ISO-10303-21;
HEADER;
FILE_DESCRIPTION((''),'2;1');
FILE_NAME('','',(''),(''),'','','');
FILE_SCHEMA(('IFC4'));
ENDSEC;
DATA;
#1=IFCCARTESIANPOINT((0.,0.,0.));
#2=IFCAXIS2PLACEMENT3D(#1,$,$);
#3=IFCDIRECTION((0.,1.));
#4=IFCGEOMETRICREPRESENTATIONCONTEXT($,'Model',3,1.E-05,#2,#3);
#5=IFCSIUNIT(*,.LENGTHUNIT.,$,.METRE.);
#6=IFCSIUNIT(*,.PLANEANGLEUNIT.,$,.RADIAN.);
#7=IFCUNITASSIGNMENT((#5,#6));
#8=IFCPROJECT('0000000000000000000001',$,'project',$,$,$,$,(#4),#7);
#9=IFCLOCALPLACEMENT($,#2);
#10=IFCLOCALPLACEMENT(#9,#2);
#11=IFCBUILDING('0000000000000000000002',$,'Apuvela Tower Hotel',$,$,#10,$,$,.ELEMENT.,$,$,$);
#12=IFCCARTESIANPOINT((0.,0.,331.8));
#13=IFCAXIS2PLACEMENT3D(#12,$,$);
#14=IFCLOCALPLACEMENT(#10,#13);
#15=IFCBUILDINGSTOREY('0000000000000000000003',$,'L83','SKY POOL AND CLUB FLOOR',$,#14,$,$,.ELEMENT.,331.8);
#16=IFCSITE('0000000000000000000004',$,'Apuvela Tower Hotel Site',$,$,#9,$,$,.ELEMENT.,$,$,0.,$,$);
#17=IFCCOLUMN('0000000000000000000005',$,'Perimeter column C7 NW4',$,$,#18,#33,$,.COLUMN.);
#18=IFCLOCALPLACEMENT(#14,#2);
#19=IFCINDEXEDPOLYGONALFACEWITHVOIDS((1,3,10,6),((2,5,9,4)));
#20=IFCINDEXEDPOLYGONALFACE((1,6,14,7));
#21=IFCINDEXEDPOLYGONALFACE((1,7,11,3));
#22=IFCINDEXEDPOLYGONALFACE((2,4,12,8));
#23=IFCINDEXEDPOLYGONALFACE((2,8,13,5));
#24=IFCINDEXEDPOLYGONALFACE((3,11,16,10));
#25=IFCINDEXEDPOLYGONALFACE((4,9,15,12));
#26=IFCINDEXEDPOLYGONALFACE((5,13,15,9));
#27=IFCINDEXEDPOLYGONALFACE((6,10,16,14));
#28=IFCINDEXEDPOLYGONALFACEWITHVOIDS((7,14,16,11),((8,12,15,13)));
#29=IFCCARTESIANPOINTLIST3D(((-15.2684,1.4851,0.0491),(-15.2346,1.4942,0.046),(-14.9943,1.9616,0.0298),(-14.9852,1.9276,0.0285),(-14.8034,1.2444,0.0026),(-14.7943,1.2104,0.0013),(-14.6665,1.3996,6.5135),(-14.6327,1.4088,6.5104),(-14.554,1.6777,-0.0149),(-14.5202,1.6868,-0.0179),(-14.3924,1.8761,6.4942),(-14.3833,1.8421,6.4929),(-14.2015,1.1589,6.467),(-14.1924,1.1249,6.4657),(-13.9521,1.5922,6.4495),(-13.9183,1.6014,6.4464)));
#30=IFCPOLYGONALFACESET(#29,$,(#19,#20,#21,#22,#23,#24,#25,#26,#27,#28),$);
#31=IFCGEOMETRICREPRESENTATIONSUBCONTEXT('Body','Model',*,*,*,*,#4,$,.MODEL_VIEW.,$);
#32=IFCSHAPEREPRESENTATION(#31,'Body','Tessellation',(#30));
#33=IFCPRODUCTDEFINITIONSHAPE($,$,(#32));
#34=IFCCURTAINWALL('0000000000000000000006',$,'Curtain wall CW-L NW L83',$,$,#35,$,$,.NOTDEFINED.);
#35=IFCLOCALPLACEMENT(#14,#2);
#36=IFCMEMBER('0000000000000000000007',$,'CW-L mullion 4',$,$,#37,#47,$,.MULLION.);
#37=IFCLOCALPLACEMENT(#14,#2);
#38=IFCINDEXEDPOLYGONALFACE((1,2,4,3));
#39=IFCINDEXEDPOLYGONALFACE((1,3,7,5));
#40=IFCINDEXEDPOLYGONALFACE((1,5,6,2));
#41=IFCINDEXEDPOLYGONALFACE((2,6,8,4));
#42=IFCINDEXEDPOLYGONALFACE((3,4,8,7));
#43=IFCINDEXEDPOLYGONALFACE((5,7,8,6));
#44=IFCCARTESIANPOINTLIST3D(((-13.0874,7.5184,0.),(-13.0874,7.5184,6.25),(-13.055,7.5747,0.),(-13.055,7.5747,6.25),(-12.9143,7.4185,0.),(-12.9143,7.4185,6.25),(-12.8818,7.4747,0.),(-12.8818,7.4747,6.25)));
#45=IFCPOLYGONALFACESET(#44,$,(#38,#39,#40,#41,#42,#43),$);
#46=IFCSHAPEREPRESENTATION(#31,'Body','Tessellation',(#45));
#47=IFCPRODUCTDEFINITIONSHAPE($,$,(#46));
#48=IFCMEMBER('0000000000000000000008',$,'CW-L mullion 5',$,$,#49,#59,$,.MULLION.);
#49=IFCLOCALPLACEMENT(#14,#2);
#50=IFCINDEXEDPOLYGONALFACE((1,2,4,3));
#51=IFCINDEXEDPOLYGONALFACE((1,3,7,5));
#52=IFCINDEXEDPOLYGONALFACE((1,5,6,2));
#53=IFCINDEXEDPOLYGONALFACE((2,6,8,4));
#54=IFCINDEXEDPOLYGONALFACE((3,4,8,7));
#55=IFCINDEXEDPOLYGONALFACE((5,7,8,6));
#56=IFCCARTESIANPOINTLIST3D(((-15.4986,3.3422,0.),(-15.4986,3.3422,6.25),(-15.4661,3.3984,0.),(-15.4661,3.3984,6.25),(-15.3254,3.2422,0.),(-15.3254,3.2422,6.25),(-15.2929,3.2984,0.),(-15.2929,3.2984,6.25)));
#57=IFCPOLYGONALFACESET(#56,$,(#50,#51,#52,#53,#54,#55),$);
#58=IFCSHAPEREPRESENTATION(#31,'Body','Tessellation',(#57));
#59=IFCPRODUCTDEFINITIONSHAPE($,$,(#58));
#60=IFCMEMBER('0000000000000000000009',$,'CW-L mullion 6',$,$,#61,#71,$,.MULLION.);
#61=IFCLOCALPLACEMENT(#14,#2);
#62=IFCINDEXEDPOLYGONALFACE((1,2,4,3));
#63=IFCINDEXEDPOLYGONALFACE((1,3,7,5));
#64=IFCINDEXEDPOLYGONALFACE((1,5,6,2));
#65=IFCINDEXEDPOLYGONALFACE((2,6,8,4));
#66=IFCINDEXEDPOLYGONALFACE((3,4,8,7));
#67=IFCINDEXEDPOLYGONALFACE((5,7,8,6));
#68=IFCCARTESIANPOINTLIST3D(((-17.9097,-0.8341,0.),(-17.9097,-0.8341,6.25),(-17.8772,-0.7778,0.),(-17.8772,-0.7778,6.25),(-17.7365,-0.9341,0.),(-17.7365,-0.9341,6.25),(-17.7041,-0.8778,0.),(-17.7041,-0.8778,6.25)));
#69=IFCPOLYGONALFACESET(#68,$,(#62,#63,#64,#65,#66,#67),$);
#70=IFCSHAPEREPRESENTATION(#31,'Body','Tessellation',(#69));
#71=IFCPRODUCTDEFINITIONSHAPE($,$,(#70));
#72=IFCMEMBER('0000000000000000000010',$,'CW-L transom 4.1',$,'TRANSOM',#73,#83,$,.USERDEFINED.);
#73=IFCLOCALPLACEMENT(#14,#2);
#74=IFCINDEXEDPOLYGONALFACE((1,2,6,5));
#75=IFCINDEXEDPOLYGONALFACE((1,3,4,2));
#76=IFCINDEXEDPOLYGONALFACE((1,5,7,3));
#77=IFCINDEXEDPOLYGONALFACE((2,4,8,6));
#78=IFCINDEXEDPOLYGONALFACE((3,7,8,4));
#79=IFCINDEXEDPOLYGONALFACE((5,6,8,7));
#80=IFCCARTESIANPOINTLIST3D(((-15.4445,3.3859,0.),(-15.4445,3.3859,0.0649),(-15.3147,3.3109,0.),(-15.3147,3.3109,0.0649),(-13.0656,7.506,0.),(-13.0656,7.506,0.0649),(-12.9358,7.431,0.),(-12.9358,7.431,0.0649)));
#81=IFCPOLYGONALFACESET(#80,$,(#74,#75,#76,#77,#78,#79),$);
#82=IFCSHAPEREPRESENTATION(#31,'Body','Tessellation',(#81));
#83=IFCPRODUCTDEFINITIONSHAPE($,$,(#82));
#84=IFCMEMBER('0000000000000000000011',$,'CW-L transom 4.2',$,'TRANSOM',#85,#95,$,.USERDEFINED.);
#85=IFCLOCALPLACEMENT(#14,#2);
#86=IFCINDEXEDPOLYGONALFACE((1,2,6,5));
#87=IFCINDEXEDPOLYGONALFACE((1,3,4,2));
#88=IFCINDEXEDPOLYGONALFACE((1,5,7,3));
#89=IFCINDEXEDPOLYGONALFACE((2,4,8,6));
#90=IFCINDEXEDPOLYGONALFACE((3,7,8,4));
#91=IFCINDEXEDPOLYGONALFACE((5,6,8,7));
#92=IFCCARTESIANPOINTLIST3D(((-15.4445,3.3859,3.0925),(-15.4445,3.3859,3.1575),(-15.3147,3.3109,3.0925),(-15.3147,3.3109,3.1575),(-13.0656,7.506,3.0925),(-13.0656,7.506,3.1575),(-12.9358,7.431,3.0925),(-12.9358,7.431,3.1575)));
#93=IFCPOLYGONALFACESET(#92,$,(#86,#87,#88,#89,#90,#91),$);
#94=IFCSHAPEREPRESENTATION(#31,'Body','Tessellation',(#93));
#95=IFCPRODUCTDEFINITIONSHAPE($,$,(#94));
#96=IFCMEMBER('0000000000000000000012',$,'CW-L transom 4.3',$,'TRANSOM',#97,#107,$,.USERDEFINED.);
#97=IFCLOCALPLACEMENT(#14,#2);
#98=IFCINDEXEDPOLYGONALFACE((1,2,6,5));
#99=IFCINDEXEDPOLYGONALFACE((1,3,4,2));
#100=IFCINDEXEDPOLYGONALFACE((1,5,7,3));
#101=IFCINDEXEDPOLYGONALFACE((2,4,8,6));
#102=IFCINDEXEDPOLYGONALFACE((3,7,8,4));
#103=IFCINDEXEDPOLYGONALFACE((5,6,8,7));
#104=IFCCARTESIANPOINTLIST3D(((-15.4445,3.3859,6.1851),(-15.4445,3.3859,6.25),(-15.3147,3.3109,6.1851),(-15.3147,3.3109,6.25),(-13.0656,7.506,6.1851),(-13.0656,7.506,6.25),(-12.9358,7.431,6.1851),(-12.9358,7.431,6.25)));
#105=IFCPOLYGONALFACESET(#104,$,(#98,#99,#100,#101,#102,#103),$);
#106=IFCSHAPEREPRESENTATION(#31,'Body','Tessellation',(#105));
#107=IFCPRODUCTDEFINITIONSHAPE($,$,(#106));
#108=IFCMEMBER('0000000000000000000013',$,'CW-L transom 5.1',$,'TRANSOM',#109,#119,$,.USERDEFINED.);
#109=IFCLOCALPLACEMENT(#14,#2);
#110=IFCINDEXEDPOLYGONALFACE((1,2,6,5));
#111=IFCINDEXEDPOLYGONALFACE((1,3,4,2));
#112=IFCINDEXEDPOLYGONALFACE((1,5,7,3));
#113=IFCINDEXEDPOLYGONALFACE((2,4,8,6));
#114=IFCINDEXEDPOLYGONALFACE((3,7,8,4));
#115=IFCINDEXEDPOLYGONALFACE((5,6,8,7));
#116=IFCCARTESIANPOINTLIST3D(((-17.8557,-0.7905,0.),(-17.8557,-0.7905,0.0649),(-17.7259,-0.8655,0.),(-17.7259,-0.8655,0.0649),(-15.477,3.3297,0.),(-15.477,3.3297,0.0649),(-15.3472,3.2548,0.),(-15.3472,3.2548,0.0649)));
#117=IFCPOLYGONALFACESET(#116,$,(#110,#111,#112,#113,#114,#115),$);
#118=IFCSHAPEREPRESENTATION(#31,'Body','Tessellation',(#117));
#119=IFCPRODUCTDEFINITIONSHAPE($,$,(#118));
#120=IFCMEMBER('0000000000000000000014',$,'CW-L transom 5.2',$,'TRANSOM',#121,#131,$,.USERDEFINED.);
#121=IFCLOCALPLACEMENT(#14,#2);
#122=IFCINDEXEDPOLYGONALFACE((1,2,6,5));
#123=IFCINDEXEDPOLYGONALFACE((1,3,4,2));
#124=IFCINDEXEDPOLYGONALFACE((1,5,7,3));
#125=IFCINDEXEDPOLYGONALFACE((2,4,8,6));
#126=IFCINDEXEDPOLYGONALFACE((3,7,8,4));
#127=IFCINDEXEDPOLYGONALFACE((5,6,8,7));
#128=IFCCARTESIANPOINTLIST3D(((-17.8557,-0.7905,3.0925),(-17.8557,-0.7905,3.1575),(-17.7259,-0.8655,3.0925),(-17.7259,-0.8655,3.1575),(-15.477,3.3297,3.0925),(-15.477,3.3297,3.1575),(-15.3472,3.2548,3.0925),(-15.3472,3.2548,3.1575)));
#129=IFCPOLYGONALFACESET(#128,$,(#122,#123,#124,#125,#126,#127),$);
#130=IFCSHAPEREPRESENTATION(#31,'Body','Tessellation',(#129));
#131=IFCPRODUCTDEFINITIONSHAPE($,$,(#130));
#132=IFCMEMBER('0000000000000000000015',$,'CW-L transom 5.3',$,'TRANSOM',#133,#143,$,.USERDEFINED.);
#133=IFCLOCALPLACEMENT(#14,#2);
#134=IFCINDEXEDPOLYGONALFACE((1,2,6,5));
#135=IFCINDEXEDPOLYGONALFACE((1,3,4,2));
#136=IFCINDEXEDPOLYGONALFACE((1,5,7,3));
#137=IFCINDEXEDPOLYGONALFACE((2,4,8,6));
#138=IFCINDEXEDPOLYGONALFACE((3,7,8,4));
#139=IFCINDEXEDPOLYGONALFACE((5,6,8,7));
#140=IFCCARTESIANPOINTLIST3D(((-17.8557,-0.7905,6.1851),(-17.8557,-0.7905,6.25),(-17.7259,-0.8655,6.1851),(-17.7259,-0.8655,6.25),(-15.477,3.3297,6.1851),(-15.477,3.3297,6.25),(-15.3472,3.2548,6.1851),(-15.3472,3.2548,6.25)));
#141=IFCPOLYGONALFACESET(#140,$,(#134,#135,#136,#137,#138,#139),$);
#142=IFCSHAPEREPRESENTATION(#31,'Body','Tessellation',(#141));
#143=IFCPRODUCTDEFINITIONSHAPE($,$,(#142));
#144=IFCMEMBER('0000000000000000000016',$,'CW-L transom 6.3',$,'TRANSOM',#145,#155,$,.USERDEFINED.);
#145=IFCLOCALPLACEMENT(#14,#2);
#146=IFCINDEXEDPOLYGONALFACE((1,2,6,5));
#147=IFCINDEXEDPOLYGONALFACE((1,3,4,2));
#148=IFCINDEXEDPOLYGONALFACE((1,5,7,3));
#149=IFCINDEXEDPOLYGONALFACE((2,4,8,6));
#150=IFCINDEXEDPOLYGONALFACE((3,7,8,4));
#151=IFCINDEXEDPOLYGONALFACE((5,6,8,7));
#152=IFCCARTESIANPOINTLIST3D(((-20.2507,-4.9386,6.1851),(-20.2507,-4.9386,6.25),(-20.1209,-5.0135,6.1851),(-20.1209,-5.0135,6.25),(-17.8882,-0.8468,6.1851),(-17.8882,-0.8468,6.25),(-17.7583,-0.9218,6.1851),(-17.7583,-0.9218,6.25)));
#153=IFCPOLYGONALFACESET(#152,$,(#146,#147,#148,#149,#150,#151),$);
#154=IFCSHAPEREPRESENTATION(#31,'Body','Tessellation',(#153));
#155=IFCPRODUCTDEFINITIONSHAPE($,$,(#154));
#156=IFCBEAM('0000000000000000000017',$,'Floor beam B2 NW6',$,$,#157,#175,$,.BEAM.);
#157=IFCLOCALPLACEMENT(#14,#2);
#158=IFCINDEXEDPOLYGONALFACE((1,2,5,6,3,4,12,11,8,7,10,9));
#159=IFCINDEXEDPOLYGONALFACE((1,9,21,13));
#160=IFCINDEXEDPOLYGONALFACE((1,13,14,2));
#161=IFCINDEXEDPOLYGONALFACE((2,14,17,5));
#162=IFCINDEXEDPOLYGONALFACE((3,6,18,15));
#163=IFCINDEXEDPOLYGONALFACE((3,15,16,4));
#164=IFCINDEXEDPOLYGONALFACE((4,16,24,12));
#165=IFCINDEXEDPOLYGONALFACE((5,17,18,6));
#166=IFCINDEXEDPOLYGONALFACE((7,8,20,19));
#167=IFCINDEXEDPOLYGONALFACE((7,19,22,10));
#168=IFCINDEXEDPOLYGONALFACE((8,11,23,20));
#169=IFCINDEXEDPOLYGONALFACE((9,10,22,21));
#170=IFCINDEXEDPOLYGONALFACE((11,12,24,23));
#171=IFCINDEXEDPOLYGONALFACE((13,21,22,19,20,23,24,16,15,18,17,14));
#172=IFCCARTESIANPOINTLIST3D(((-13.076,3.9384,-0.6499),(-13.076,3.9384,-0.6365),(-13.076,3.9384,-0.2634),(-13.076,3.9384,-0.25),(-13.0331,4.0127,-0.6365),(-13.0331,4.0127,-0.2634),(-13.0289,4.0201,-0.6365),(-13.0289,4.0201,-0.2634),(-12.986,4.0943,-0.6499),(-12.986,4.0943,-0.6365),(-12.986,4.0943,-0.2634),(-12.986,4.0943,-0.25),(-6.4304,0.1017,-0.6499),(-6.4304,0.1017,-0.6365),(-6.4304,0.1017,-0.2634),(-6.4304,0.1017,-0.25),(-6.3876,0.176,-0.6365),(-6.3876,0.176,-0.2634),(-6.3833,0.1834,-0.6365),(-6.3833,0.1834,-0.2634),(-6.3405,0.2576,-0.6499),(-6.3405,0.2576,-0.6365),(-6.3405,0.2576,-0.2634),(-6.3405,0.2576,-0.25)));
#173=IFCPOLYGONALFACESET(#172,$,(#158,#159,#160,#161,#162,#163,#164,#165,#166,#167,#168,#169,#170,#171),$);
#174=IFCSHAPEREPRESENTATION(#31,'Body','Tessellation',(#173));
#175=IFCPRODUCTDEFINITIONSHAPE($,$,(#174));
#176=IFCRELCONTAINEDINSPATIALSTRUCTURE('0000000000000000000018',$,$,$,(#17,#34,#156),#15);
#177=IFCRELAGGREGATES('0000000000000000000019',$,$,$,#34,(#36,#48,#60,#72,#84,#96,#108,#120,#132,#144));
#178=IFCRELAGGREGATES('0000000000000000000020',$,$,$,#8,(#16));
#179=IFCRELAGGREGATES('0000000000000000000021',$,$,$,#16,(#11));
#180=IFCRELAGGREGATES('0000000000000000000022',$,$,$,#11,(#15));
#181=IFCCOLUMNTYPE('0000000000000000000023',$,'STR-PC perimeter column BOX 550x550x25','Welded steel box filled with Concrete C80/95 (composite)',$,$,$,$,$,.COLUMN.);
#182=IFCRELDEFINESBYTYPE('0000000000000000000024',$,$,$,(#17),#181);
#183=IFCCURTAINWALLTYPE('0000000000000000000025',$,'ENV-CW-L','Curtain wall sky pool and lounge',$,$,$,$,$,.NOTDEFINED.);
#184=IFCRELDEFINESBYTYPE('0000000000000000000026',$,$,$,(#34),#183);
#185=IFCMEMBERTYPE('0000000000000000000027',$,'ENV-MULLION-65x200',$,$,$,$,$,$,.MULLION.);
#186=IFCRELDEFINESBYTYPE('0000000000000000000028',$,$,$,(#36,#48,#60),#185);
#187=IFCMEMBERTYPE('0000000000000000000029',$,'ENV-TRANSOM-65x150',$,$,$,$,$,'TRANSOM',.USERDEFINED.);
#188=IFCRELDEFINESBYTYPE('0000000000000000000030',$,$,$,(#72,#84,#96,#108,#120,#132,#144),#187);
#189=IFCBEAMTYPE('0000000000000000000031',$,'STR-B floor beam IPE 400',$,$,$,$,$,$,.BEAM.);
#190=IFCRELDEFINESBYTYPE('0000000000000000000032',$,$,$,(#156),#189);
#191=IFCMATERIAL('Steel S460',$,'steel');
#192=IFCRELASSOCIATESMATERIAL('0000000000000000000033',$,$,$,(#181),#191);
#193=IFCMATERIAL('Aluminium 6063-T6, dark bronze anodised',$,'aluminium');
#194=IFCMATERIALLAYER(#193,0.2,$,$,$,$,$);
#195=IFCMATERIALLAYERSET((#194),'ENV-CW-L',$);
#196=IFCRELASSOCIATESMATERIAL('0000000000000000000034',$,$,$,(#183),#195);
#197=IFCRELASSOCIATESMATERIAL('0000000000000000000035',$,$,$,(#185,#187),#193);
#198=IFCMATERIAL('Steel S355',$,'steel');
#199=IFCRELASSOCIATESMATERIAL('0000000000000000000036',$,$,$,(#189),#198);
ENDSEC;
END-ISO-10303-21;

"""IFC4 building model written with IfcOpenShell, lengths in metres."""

from ifc_helpers import new_model, si_unit, direction, frame, origin, origin_2d, place, context, subcontext, project, spatial, rectangle, hollow_rectangle, i_section, extrude, boolean, halfspace, material, layer, layer_set, material_profile, profile_set, type_object, element, aggregate, save


model = new_model("IFC4")

# Units and contexts
model_context = context("Model", 3, precision=1e-05, world=origin(), true_north=direction((0.0, 1.0)))
body_context = subcontext(model_context, "Body", "Model", "MODEL_VIEW")
ifc_project = project(units=[si_unit("LENGTHUNIT", "METRE"), si_unit("PLANEANGLEUNIT", "RADIAN")], contexts=[model_context])

# Site, building, storey
site_placement = place(None, origin())
site = spatial("IfcSite", under=ifc_project, at=site_placement, Name="Apuvela Tower Hotel Site", CompositionType="ELEMENT", RefElevation=0.0)
building_placement = place(site_placement, origin())
building = spatial("IfcBuilding", under=site, at=building_placement, Name="Apuvela Tower Hotel", CompositionType="ELEMENT")
storey_placement = place(building_placement, frame((0.0, 0.0, 331.8)))
storey = spatial("IfcBuildingStorey", under=building, at=storey_placement, Name="L83", Description="SKY POOL AND CLUB FLOOR", CompositionType="ELEMENT", Elevation=331.8)

# Column
ifc_material_1 = material(Name="Steel S460", Category="steel")
ifc_material_profile_1 = material_profile(ifc_material_1, hollow_rectangle(XDim=0.55, YDim=0.55, WallThickness=0.0249, at=origin_2d()), Name="BOX 550x550x25")
ifc_material_2 = material(Name="Concrete C80/95", Category="concrete")
ifc_material_profile_2 = material_profile(ifc_material_2, rectangle(XDim=0.5, YDim=0.5, at=origin_2d()), Name="Concrete C80/95 infill")
ifc_profile_set_1 = profile_set([ifc_material_profile_1, ifc_material_profile_2], Name="Steel S460")
column_type = type_object("IfcColumnType", Name="STR-PC perimeter column BOX 550x550x25", Description="Welded steel box filled with Concrete C80/95 (composite)", PredefinedType="COLUMN", material=ifc_profile_set_1)
column_placement = place(storey_placement, frame((-14.8958, 1.5862, 0.0), z_axis=(0.092702, -0.013163, 0.995607), x_axis=(-0.49843, -0.866225, 0.034957)))
element("IfcColumn", 1, at=column_placement, inside=storey, type_object=column_type, Name="Perimeter column C7 NW4", PredefinedType="COLUMN", context=body_context, shape_type="SweptSolid", body=[
    boolean("DIFFERENCE", boolean("DIFFERENCE", extrude(hollow_rectangle(XDim=0.55, YDim=0.55, WallThickness=0.0249, at=origin_2d()), origin(), (0.0, 0.0, 1.0), 6.5286), halfspace(frame((0.0, 0.0, 0.0156), z_axis=(0.0, 0.0, 1.0), x_axis=(1.0, 0.0, 0.0)), True)), halfspace(frame((0.0, 0.0, 6.5085), z_axis=(0.0, 0.0, 1.0), x_axis=(1.0, 0.0, 0.0)), False)),
])

# Curtain wall, members
ifc_material_3 = material(Name="Aluminium 6063-T6, dark bronze anodised", Category="aluminium")
ifc_layer_1 = layer(ifc_material_3, 0.2)
ifc_layer_set_1 = layer_set([ifc_layer_1], Name="ENV-CW-L")
curtain_wall_type = type_object("IfcCurtainWallType", Name="ENV-CW-L", Description="Curtain wall sky pool and lounge", PredefinedType="NOTDEFINED", material=ifc_layer_set_1)
curtain_wall_placement = place(storey_placement, origin())
curtain_wall = element("IfcCurtainWall", 2, at=curtain_wall_placement, inside=storey, type_object=curtain_wall_type, Name="Curtain wall CW-L NW L83", PredefinedType="NOTDEFINED")
ifc_material_profile_3 = material_profile(ifc_material_3, rectangle(XDim=0.2, YDim=0.0649, at=origin_2d()), Name="AL 65x200")
ifc_profile_set_2 = profile_set([ifc_material_profile_3], Name="Aluminium 6063-T6, dark bronze anodised")
member_type_1 = type_object("IfcMemberType", Name="ENV-MULLION-65x200", PredefinedType="MULLION", material=ifc_profile_set_2)
member_1_placement = place(storey_placement, frame((-12.9846, 7.4966, 0.0), z_axis=(0.0, 0.0, 1.0), x_axis=(0.866025, -0.5, 0.0)))
member_1 = element("IfcMember", 3, at=member_1_placement, type_object=member_type_1, Name="CW-L mullion 4", PredefinedType="MULLION", context=body_context, shape_type="SweptSolid", body=[
    extrude(rectangle(XDim=0.2, YDim=0.0649, at=origin_2d()), origin(), (0.0, 0.0, 1.0), 6.25),
])
member_2_placement = place(storey_placement, frame((-15.3958, 3.3203, 0.0), z_axis=(0.0, 0.0, 1.0), x_axis=(0.866025, -0.5, 0.0)))
member_2 = element("IfcMember", 4, at=member_2_placement, type_object=member_type_1, Name="CW-L mullion 5", PredefinedType="MULLION", context=body_context, shape_type="SweptSolid", body=[
    extrude(rectangle(XDim=0.2, YDim=0.0649, at=origin_2d()), origin(), (0.0, 0.0, 1.0), 6.25),
])
member_3_placement = place(storey_placement, frame((-17.8069, -0.856, 0.0), z_axis=(0.0, 0.0, 1.0), x_axis=(0.866025, -0.5, 0.0)))
member_3 = element("IfcMember", 5, at=member_3_placement, type_object=member_type_1, Name="CW-L mullion 6", PredefinedType="MULLION", context=body_context, shape_type="SweptSolid", body=[
    extrude(rectangle(XDim=0.2, YDim=0.0649, at=origin_2d()), origin(), (0.0, 0.0, 1.0), 6.25),
])
ifc_material_profile_4 = material_profile(ifc_material_3, rectangle(XDim=0.1499, YDim=0.0649, at=origin_2d()), Name="AL 65x150 transom")
ifc_profile_set_3 = profile_set([ifc_material_profile_4], Name="Aluminium 6063-T6, dark bronze anodised")
member_type_2 = type_object("IfcMemberType", Name="ENV-TRANSOM-65x150", ElementType="TRANSOM", PredefinedType="USERDEFINED", material=ifc_profile_set_3)
member_4_placement = place(storey_placement, frame((-13.0007, 7.4685, 0.0325), z_axis=(-0.500025, -0.866011, 0.0), x_axis=(0.866011, -0.500025, 0.0)))
member_4 = element("IfcMember", 6, at=member_4_placement, type_object=member_type_2, Name="CW-L transom 4.1", ObjectType="TRANSOM", PredefinedType="USERDEFINED", context=body_context, shape_type="SweptSolid", body=[
    extrude(rectangle(XDim=0.1499, YDim=0.0649, at=origin_2d()), origin(), (0.0, 0.0, 1.0), 4.7576),
])
member_5_placement = place(storey_placement, frame((-13.0007, 7.4685, 3.125), z_axis=(-0.500025, -0.866011, 0.0), x_axis=(0.866011, -0.500025, 0.0)))
member_5 = element("IfcMember", 7, at=member_5_placement, type_object=member_type_2, Name="CW-L transom 4.2", ObjectType="TRANSOM", PredefinedType="USERDEFINED", context=body_context, shape_type="SweptSolid", body=[
    extrude(rectangle(XDim=0.1499, YDim=0.0649, at=origin_2d()), origin(), (0.0, 0.0, 1.0), 4.7576),
])
member_6_placement = place(storey_placement, frame((-13.0007, 7.4685, 6.2175), z_axis=(-0.500025, -0.866011, 0.0), x_axis=(0.866011, -0.500025, 0.0)))
member_6 = element("IfcMember", 8, at=member_6_placement, type_object=member_type_2, Name="CW-L transom 4.3", ObjectType="TRANSOM", PredefinedType="USERDEFINED", context=body_context, shape_type="SweptSolid", body=[
    extrude(rectangle(XDim=0.1499, YDim=0.0649, at=origin_2d()), origin(), (0.0, 0.0, 1.0), 4.7576),
])
member_7_placement = place(storey_placement, frame((-15.4121, 3.2922, 0.0325), z_axis=(-0.499986, -0.866033, 0.0), x_axis=(0.866033, -0.499986, 0.0)))
member_7 = element("IfcMember", 9, at=member_7_placement, type_object=member_type_2, Name="CW-L transom 5.1", ObjectType="TRANSOM", PredefinedType="USERDEFINED", context=body_context, shape_type="SweptSolid", body=[
    extrude(rectangle(XDim=0.1499, YDim=0.0649, at=origin_2d()), origin(), (0.0, 0.0, 1.0), 4.7576),
])
member_8_placement = place(storey_placement, frame((-15.4121, 3.2922, 3.125), z_axis=(-0.499986, -0.866033, 0.0), x_axis=(0.866033, -0.499986, 0.0)))
member_8 = element("IfcMember", 10, at=member_8_placement, type_object=member_type_2, Name="CW-L transom 5.2", ObjectType="TRANSOM", PredefinedType="USERDEFINED", context=body_context, shape_type="SweptSolid", body=[
    extrude(rectangle(XDim=0.1499, YDim=0.0649, at=origin_2d()), origin(), (0.0, 0.0, 1.0), 4.7576),
])
member_9_placement = place(storey_placement, frame((-15.4121, 3.2922, 6.2175), z_axis=(-0.499986, -0.866033, 0.0), x_axis=(0.866033, -0.499986, 0.0)))
member_9 = element("IfcMember", 11, at=member_9_placement, type_object=member_type_2, Name="CW-L transom 5.3", ObjectType="TRANSOM", PredefinedType="USERDEFINED", context=body_context, shape_type="SweptSolid", body=[
    extrude(rectangle(XDim=0.1499, YDim=0.0649, at=origin_2d()), origin(), (0.0, 0.0, 1.0), 4.7576),
])
member_10_placement = place(storey_placement, frame((-17.8232, -0.8843, 6.2175), z_axis=(-0.500024, -0.866012, 0.0), x_axis=(0.866012, -0.500024, 0.0)))
member_10 = element("IfcMember", 12, at=member_10_placement, type_object=member_type_2, Name="CW-L transom 6.3", ObjectType="TRANSOM", PredefinedType="USERDEFINED", context=body_context, shape_type="SweptSolid", body=[
    extrude(rectangle(XDim=0.1499, YDim=0.0649, at=origin_2d()), origin(), (0.0, 0.0, 1.0), 4.7249),
])

# Beam
ifc_material_4 = material(Name="Steel S355", Category="steel")
ifc_material_profile_5 = material_profile(ifc_material_4, i_section(OverallWidth=0.1799, OverallDepth=0.3999, WebThickness=0.0085, FlangeThickness=0.0134, at=origin_2d()), Name="IPE 400")
ifc_profile_set_4 = profile_set([ifc_material_profile_5], Name="Steel S355")
beam_type_1 = type_object("IfcBeamType", Name="STR-B floor beam IPE 400", PredefinedType="BEAM", material=ifc_profile_set_4)
beam_1_placement = place(storey_placement, frame((-13.031, 4.0164, -0.45), z_axis=(0.866032, -0.499989, 0.0), x_axis=(0.499989, 0.866032, 0.0)))
element("IfcBeam", 13, at=beam_1_placement, inside=storey, type_object=beam_type_1, Name="Floor beam B2 NW6", PredefinedType="BEAM", context=body_context, shape_type="SweptSolid", body=[
    extrude(i_section(OverallWidth=0.1799, OverallDepth=0.3999, WebThickness=0.0085, FlangeThickness=0.0134, at=origin_2d()), origin(), (0.0, 0.0, 1.0), 7.6736),
])

aggregate(curtain_wall, [member_1, member_2, member_3, member_4, member_5, member_6, member_7, member_8, member_9, member_10])

save(model, "model.ifc")
